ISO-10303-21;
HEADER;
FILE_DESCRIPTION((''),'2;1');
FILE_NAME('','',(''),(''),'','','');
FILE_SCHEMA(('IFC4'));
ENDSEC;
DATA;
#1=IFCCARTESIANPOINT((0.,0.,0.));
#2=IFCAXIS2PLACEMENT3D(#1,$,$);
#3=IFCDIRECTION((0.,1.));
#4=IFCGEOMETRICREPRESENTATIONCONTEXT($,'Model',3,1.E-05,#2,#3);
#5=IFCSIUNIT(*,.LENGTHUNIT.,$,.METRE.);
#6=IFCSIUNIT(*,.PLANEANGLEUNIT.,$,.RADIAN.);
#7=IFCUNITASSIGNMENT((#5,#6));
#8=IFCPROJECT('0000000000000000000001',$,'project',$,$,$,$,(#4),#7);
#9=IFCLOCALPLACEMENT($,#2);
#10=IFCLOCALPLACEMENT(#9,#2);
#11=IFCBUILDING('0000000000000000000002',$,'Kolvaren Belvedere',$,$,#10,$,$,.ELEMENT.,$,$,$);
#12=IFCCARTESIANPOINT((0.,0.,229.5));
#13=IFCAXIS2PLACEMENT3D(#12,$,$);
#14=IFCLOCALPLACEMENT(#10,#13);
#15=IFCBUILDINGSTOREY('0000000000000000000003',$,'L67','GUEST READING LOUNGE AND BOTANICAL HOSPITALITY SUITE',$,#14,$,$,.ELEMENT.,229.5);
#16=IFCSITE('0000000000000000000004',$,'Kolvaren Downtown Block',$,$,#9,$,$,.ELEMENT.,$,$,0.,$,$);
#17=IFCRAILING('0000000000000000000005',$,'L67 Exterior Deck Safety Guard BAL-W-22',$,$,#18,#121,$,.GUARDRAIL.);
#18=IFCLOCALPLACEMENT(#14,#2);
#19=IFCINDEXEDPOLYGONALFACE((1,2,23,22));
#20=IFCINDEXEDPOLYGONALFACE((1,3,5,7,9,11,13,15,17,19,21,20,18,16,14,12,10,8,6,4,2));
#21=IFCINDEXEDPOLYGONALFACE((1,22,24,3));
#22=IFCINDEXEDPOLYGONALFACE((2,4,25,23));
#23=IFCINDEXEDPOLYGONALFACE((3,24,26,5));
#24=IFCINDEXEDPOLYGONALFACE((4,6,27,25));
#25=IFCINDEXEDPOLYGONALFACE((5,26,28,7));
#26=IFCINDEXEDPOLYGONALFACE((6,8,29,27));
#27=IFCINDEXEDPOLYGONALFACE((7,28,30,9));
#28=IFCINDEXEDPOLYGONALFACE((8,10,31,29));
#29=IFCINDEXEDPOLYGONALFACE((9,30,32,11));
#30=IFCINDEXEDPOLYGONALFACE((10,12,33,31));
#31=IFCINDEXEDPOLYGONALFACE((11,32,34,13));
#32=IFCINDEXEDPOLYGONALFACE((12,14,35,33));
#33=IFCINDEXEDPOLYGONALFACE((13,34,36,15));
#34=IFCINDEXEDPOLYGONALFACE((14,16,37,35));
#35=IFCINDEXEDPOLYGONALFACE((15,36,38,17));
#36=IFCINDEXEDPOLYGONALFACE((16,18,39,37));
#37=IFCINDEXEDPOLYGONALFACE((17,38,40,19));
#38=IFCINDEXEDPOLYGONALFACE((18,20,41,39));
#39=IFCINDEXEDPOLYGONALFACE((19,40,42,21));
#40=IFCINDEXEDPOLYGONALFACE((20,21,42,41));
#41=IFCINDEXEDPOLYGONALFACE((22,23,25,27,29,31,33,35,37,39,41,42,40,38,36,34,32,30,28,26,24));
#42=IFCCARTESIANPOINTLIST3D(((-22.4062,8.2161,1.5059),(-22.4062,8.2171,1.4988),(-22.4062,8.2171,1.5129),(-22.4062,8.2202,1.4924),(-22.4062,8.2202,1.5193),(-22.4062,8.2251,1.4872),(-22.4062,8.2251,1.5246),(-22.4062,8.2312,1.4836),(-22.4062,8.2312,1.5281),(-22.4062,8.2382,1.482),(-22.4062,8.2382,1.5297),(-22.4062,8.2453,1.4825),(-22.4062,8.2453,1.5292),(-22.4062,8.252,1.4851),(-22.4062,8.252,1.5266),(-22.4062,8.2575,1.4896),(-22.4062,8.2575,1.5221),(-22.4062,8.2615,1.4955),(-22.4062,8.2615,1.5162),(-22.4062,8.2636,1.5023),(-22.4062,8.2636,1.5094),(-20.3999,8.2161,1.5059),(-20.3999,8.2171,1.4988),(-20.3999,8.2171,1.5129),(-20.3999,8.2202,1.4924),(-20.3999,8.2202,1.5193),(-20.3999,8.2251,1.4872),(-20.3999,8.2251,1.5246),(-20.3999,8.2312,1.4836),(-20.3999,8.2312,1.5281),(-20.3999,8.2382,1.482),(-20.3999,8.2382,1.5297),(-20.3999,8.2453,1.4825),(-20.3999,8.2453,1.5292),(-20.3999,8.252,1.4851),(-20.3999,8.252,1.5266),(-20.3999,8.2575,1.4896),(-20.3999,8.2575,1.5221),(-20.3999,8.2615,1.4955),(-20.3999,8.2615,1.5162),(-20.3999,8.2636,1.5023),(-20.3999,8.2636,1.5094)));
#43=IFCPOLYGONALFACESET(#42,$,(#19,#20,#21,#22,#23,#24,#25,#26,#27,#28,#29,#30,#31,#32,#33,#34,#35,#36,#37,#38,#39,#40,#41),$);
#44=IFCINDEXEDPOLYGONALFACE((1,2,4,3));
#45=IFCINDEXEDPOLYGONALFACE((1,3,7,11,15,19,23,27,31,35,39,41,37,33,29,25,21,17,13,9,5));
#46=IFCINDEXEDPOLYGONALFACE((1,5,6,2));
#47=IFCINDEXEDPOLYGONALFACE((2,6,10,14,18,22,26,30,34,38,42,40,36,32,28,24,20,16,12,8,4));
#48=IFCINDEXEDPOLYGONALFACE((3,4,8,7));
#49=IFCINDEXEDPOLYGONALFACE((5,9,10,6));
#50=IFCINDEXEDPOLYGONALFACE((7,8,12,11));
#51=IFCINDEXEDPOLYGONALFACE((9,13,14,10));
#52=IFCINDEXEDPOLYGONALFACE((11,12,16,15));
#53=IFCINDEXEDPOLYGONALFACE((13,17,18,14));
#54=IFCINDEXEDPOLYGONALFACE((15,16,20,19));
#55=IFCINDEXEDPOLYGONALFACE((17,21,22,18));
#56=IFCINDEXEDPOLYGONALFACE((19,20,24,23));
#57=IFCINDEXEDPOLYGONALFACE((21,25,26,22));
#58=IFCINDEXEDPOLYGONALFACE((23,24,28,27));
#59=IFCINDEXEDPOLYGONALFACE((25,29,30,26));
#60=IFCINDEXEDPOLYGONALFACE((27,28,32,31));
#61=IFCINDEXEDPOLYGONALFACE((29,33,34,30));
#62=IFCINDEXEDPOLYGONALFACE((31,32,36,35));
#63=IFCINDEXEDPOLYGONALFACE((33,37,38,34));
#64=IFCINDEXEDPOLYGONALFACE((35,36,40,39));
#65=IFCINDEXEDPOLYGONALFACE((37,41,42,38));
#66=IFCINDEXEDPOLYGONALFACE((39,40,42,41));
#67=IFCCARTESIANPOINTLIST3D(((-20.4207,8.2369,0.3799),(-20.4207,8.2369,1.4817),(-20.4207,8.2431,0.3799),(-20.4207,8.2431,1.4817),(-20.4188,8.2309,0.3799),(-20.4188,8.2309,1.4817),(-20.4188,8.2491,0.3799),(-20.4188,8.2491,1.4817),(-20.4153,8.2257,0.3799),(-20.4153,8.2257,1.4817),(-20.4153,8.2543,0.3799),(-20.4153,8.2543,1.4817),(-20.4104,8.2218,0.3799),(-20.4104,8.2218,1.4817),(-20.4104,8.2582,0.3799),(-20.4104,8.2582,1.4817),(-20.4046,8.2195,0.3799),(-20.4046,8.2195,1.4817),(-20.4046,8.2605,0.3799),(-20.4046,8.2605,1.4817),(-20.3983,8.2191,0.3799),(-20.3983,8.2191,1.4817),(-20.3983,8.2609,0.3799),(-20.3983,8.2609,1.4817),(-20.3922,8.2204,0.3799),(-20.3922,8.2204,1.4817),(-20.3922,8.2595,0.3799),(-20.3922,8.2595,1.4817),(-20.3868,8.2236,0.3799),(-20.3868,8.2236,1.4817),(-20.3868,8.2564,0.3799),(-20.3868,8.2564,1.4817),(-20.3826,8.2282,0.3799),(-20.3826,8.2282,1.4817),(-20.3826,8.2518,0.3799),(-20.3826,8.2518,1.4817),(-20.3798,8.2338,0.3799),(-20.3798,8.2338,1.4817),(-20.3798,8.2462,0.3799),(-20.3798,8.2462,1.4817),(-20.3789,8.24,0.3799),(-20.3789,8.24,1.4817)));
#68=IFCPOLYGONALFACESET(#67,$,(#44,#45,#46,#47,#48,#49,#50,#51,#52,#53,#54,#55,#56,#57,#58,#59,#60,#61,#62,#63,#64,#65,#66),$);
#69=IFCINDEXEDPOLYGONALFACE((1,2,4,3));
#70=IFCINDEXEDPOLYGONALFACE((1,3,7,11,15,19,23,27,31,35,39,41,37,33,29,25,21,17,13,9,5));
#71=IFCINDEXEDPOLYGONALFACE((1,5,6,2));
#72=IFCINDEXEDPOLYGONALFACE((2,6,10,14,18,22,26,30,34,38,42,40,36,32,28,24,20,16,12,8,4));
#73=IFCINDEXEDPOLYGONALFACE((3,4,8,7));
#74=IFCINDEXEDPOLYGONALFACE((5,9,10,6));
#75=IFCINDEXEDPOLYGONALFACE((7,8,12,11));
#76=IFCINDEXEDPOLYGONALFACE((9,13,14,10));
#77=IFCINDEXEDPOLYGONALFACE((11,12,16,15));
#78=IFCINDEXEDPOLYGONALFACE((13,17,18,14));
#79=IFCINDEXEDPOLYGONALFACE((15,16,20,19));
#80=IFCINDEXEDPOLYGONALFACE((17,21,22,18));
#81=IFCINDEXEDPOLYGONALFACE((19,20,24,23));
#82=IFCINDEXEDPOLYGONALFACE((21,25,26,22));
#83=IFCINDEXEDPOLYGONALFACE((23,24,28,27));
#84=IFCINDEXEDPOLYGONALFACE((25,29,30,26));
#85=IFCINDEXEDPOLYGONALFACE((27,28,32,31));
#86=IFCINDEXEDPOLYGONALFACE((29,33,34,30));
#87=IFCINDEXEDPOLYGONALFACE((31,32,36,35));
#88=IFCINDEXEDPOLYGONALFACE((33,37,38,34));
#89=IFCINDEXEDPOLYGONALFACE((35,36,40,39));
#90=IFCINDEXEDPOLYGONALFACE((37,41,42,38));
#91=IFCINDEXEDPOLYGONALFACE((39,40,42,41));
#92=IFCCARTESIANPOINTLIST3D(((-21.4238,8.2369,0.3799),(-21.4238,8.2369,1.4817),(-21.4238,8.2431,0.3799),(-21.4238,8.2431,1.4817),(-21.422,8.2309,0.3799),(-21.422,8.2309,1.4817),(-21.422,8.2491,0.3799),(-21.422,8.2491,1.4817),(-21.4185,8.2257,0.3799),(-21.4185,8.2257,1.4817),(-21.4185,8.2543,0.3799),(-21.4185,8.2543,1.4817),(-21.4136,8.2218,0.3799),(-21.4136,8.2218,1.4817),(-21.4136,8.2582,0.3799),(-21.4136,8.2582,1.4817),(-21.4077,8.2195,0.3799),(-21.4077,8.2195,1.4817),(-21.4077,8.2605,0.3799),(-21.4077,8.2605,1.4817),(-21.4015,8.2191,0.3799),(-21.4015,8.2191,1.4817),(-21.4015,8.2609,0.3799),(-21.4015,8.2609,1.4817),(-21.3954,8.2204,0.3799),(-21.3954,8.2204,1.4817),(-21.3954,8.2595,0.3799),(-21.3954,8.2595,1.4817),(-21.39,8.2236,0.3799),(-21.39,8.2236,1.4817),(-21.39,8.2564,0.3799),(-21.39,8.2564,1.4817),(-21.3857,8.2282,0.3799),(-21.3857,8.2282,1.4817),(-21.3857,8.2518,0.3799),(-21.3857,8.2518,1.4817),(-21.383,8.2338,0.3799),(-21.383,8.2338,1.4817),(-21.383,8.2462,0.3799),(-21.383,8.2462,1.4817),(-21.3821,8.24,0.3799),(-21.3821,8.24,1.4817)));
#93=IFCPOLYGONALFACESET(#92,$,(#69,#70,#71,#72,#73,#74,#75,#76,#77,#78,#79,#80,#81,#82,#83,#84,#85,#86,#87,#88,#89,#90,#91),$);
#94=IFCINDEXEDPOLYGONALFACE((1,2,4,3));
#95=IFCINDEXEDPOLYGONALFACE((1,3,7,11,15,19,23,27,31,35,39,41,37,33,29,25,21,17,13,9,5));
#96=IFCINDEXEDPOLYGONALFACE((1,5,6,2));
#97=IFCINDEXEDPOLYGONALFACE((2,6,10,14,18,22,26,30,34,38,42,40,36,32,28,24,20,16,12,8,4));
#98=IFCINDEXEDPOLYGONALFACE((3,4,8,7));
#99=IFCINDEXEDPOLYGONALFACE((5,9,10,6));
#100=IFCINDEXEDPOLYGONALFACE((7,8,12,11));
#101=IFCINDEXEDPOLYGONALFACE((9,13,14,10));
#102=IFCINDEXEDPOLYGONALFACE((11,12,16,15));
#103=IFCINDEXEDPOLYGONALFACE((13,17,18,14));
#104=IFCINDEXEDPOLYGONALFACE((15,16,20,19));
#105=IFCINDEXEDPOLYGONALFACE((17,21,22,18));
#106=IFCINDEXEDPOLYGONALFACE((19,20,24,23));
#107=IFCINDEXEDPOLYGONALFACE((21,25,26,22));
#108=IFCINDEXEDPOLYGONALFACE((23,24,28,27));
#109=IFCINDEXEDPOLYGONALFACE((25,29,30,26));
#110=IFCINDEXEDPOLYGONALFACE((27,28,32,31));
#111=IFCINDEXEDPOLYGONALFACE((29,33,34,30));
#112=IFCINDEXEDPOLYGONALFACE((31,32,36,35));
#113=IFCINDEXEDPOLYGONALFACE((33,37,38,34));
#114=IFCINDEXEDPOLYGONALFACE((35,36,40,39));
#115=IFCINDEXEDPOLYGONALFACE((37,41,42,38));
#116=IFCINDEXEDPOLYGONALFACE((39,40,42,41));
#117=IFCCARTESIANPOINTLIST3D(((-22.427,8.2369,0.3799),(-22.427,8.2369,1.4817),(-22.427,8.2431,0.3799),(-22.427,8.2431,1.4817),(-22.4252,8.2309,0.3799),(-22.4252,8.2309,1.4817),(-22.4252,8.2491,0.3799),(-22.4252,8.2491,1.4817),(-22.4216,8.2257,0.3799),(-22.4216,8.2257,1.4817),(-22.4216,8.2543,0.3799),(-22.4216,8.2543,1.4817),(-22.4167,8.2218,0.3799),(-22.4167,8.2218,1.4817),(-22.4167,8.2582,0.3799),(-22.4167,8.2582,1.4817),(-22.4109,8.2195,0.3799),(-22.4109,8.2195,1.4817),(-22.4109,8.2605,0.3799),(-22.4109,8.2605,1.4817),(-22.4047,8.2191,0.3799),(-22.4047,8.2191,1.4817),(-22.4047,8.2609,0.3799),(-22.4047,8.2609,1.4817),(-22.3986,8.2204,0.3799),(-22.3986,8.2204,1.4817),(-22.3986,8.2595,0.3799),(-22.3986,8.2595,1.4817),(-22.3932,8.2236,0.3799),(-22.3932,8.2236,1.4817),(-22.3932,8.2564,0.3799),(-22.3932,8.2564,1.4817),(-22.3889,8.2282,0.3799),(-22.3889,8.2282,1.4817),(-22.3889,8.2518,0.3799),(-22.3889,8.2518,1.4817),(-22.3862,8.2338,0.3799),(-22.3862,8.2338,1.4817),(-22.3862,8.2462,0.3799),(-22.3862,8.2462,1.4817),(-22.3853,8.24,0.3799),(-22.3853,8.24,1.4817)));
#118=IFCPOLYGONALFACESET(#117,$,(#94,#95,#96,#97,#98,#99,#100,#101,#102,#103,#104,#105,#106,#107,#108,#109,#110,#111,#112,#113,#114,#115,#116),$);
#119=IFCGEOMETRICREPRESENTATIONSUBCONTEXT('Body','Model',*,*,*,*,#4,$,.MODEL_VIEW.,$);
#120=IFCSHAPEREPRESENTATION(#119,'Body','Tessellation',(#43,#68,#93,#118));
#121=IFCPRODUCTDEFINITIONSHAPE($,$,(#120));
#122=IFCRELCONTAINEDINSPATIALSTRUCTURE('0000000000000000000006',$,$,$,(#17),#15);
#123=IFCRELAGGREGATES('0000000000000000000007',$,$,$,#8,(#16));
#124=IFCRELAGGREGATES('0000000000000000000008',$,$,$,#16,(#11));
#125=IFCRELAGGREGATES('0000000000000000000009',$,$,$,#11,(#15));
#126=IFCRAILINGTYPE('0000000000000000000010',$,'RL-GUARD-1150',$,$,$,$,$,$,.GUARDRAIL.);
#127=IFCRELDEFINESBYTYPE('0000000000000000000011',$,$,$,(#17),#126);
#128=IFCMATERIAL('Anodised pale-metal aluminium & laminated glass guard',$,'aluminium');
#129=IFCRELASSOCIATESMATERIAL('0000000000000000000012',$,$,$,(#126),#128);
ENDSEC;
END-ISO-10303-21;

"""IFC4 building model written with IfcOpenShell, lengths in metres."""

from ifc_helpers import new_model, si_unit, direction, frame, origin, origin_2d, place, context, subcontext, project, spatial, circle, extrude, material, type_object, element, save


model = new_model("IFC4")

# Units and contexts
model_context = context("Model", 3, precision=1e-05, world=origin(), true_north=direction((0.0, 1.0)))
body_context = subcontext(model_context, "Body", "Model", "MODEL_VIEW")
ifc_project = project(units=[si_unit("LENGTHUNIT", "METRE"), si_unit("PLANEANGLEUNIT", "RADIAN")], contexts=[model_context])

# Site, building, storey
site_placement = place(None, origin())
site = spatial("IfcSite", under=ifc_project, at=site_placement, Name="Kolvaren Downtown Block", CompositionType="ELEMENT", RefElevation=0.0)
building_placement = place(site_placement, origin())
building = spatial("IfcBuilding", under=site, at=building_placement, Name="Kolvaren Belvedere", CompositionType="ELEMENT")
storey_placement = place(building_placement, frame((0.0, 0.0, 229.5)))
storey = spatial("IfcBuildingStorey", under=building, at=storey_placement, Name="L67", Description="GUEST READING LOUNGE AND BOTANICAL HOSPITALITY SUITE", CompositionType="ELEMENT", Elevation=229.5)

# Railing
ifc_material_1 = material(Name="Anodised pale-metal aluminium & laminated glass guard", Category="aluminium")
railing_type = type_object("IfcRailingType", Name="RL-GUARD-1150", PredefinedType="GUARDRAIL", material=ifc_material_1)
railing_1_placement = place(storey_placement, frame((-20.3999, 8.24, 0.3799)))
element("IfcRailing", 1, at=railing_1_placement, inside=storey, type_object=railing_type, Name="L67 Exterior Deck Safety Guard BAL-W-22", PredefinedType="GUARDRAIL", context=body_context, shape_type="SweptSolid", body=[
    extrude(circle(Radius=0.0239, at=origin_2d()), frame((0.0, 0.0, 1.126), z_axis=(-1.0, 0.0, 0.0), x_axis=(0.0, -1.0, 0.0)), (0.0, 0.0, 1.0), 2.0063),
    extrude(circle(Radius=0.021, at=origin_2d()), origin(), (0.0, 0.0, 1.0), 1.1018),
    extrude(circle(Radius=0.021, at=origin_2d()), frame((-1.0032, 0.0, 0.0)), (0.0, 0.0, 1.0), 1.1018),
    extrude(circle(Radius=0.021, at=origin_2d()), frame((-2.0063, 0.0, 0.0)), (0.0, 0.0, 1.0), 1.1018),
])

save(model, "model.ifc")
